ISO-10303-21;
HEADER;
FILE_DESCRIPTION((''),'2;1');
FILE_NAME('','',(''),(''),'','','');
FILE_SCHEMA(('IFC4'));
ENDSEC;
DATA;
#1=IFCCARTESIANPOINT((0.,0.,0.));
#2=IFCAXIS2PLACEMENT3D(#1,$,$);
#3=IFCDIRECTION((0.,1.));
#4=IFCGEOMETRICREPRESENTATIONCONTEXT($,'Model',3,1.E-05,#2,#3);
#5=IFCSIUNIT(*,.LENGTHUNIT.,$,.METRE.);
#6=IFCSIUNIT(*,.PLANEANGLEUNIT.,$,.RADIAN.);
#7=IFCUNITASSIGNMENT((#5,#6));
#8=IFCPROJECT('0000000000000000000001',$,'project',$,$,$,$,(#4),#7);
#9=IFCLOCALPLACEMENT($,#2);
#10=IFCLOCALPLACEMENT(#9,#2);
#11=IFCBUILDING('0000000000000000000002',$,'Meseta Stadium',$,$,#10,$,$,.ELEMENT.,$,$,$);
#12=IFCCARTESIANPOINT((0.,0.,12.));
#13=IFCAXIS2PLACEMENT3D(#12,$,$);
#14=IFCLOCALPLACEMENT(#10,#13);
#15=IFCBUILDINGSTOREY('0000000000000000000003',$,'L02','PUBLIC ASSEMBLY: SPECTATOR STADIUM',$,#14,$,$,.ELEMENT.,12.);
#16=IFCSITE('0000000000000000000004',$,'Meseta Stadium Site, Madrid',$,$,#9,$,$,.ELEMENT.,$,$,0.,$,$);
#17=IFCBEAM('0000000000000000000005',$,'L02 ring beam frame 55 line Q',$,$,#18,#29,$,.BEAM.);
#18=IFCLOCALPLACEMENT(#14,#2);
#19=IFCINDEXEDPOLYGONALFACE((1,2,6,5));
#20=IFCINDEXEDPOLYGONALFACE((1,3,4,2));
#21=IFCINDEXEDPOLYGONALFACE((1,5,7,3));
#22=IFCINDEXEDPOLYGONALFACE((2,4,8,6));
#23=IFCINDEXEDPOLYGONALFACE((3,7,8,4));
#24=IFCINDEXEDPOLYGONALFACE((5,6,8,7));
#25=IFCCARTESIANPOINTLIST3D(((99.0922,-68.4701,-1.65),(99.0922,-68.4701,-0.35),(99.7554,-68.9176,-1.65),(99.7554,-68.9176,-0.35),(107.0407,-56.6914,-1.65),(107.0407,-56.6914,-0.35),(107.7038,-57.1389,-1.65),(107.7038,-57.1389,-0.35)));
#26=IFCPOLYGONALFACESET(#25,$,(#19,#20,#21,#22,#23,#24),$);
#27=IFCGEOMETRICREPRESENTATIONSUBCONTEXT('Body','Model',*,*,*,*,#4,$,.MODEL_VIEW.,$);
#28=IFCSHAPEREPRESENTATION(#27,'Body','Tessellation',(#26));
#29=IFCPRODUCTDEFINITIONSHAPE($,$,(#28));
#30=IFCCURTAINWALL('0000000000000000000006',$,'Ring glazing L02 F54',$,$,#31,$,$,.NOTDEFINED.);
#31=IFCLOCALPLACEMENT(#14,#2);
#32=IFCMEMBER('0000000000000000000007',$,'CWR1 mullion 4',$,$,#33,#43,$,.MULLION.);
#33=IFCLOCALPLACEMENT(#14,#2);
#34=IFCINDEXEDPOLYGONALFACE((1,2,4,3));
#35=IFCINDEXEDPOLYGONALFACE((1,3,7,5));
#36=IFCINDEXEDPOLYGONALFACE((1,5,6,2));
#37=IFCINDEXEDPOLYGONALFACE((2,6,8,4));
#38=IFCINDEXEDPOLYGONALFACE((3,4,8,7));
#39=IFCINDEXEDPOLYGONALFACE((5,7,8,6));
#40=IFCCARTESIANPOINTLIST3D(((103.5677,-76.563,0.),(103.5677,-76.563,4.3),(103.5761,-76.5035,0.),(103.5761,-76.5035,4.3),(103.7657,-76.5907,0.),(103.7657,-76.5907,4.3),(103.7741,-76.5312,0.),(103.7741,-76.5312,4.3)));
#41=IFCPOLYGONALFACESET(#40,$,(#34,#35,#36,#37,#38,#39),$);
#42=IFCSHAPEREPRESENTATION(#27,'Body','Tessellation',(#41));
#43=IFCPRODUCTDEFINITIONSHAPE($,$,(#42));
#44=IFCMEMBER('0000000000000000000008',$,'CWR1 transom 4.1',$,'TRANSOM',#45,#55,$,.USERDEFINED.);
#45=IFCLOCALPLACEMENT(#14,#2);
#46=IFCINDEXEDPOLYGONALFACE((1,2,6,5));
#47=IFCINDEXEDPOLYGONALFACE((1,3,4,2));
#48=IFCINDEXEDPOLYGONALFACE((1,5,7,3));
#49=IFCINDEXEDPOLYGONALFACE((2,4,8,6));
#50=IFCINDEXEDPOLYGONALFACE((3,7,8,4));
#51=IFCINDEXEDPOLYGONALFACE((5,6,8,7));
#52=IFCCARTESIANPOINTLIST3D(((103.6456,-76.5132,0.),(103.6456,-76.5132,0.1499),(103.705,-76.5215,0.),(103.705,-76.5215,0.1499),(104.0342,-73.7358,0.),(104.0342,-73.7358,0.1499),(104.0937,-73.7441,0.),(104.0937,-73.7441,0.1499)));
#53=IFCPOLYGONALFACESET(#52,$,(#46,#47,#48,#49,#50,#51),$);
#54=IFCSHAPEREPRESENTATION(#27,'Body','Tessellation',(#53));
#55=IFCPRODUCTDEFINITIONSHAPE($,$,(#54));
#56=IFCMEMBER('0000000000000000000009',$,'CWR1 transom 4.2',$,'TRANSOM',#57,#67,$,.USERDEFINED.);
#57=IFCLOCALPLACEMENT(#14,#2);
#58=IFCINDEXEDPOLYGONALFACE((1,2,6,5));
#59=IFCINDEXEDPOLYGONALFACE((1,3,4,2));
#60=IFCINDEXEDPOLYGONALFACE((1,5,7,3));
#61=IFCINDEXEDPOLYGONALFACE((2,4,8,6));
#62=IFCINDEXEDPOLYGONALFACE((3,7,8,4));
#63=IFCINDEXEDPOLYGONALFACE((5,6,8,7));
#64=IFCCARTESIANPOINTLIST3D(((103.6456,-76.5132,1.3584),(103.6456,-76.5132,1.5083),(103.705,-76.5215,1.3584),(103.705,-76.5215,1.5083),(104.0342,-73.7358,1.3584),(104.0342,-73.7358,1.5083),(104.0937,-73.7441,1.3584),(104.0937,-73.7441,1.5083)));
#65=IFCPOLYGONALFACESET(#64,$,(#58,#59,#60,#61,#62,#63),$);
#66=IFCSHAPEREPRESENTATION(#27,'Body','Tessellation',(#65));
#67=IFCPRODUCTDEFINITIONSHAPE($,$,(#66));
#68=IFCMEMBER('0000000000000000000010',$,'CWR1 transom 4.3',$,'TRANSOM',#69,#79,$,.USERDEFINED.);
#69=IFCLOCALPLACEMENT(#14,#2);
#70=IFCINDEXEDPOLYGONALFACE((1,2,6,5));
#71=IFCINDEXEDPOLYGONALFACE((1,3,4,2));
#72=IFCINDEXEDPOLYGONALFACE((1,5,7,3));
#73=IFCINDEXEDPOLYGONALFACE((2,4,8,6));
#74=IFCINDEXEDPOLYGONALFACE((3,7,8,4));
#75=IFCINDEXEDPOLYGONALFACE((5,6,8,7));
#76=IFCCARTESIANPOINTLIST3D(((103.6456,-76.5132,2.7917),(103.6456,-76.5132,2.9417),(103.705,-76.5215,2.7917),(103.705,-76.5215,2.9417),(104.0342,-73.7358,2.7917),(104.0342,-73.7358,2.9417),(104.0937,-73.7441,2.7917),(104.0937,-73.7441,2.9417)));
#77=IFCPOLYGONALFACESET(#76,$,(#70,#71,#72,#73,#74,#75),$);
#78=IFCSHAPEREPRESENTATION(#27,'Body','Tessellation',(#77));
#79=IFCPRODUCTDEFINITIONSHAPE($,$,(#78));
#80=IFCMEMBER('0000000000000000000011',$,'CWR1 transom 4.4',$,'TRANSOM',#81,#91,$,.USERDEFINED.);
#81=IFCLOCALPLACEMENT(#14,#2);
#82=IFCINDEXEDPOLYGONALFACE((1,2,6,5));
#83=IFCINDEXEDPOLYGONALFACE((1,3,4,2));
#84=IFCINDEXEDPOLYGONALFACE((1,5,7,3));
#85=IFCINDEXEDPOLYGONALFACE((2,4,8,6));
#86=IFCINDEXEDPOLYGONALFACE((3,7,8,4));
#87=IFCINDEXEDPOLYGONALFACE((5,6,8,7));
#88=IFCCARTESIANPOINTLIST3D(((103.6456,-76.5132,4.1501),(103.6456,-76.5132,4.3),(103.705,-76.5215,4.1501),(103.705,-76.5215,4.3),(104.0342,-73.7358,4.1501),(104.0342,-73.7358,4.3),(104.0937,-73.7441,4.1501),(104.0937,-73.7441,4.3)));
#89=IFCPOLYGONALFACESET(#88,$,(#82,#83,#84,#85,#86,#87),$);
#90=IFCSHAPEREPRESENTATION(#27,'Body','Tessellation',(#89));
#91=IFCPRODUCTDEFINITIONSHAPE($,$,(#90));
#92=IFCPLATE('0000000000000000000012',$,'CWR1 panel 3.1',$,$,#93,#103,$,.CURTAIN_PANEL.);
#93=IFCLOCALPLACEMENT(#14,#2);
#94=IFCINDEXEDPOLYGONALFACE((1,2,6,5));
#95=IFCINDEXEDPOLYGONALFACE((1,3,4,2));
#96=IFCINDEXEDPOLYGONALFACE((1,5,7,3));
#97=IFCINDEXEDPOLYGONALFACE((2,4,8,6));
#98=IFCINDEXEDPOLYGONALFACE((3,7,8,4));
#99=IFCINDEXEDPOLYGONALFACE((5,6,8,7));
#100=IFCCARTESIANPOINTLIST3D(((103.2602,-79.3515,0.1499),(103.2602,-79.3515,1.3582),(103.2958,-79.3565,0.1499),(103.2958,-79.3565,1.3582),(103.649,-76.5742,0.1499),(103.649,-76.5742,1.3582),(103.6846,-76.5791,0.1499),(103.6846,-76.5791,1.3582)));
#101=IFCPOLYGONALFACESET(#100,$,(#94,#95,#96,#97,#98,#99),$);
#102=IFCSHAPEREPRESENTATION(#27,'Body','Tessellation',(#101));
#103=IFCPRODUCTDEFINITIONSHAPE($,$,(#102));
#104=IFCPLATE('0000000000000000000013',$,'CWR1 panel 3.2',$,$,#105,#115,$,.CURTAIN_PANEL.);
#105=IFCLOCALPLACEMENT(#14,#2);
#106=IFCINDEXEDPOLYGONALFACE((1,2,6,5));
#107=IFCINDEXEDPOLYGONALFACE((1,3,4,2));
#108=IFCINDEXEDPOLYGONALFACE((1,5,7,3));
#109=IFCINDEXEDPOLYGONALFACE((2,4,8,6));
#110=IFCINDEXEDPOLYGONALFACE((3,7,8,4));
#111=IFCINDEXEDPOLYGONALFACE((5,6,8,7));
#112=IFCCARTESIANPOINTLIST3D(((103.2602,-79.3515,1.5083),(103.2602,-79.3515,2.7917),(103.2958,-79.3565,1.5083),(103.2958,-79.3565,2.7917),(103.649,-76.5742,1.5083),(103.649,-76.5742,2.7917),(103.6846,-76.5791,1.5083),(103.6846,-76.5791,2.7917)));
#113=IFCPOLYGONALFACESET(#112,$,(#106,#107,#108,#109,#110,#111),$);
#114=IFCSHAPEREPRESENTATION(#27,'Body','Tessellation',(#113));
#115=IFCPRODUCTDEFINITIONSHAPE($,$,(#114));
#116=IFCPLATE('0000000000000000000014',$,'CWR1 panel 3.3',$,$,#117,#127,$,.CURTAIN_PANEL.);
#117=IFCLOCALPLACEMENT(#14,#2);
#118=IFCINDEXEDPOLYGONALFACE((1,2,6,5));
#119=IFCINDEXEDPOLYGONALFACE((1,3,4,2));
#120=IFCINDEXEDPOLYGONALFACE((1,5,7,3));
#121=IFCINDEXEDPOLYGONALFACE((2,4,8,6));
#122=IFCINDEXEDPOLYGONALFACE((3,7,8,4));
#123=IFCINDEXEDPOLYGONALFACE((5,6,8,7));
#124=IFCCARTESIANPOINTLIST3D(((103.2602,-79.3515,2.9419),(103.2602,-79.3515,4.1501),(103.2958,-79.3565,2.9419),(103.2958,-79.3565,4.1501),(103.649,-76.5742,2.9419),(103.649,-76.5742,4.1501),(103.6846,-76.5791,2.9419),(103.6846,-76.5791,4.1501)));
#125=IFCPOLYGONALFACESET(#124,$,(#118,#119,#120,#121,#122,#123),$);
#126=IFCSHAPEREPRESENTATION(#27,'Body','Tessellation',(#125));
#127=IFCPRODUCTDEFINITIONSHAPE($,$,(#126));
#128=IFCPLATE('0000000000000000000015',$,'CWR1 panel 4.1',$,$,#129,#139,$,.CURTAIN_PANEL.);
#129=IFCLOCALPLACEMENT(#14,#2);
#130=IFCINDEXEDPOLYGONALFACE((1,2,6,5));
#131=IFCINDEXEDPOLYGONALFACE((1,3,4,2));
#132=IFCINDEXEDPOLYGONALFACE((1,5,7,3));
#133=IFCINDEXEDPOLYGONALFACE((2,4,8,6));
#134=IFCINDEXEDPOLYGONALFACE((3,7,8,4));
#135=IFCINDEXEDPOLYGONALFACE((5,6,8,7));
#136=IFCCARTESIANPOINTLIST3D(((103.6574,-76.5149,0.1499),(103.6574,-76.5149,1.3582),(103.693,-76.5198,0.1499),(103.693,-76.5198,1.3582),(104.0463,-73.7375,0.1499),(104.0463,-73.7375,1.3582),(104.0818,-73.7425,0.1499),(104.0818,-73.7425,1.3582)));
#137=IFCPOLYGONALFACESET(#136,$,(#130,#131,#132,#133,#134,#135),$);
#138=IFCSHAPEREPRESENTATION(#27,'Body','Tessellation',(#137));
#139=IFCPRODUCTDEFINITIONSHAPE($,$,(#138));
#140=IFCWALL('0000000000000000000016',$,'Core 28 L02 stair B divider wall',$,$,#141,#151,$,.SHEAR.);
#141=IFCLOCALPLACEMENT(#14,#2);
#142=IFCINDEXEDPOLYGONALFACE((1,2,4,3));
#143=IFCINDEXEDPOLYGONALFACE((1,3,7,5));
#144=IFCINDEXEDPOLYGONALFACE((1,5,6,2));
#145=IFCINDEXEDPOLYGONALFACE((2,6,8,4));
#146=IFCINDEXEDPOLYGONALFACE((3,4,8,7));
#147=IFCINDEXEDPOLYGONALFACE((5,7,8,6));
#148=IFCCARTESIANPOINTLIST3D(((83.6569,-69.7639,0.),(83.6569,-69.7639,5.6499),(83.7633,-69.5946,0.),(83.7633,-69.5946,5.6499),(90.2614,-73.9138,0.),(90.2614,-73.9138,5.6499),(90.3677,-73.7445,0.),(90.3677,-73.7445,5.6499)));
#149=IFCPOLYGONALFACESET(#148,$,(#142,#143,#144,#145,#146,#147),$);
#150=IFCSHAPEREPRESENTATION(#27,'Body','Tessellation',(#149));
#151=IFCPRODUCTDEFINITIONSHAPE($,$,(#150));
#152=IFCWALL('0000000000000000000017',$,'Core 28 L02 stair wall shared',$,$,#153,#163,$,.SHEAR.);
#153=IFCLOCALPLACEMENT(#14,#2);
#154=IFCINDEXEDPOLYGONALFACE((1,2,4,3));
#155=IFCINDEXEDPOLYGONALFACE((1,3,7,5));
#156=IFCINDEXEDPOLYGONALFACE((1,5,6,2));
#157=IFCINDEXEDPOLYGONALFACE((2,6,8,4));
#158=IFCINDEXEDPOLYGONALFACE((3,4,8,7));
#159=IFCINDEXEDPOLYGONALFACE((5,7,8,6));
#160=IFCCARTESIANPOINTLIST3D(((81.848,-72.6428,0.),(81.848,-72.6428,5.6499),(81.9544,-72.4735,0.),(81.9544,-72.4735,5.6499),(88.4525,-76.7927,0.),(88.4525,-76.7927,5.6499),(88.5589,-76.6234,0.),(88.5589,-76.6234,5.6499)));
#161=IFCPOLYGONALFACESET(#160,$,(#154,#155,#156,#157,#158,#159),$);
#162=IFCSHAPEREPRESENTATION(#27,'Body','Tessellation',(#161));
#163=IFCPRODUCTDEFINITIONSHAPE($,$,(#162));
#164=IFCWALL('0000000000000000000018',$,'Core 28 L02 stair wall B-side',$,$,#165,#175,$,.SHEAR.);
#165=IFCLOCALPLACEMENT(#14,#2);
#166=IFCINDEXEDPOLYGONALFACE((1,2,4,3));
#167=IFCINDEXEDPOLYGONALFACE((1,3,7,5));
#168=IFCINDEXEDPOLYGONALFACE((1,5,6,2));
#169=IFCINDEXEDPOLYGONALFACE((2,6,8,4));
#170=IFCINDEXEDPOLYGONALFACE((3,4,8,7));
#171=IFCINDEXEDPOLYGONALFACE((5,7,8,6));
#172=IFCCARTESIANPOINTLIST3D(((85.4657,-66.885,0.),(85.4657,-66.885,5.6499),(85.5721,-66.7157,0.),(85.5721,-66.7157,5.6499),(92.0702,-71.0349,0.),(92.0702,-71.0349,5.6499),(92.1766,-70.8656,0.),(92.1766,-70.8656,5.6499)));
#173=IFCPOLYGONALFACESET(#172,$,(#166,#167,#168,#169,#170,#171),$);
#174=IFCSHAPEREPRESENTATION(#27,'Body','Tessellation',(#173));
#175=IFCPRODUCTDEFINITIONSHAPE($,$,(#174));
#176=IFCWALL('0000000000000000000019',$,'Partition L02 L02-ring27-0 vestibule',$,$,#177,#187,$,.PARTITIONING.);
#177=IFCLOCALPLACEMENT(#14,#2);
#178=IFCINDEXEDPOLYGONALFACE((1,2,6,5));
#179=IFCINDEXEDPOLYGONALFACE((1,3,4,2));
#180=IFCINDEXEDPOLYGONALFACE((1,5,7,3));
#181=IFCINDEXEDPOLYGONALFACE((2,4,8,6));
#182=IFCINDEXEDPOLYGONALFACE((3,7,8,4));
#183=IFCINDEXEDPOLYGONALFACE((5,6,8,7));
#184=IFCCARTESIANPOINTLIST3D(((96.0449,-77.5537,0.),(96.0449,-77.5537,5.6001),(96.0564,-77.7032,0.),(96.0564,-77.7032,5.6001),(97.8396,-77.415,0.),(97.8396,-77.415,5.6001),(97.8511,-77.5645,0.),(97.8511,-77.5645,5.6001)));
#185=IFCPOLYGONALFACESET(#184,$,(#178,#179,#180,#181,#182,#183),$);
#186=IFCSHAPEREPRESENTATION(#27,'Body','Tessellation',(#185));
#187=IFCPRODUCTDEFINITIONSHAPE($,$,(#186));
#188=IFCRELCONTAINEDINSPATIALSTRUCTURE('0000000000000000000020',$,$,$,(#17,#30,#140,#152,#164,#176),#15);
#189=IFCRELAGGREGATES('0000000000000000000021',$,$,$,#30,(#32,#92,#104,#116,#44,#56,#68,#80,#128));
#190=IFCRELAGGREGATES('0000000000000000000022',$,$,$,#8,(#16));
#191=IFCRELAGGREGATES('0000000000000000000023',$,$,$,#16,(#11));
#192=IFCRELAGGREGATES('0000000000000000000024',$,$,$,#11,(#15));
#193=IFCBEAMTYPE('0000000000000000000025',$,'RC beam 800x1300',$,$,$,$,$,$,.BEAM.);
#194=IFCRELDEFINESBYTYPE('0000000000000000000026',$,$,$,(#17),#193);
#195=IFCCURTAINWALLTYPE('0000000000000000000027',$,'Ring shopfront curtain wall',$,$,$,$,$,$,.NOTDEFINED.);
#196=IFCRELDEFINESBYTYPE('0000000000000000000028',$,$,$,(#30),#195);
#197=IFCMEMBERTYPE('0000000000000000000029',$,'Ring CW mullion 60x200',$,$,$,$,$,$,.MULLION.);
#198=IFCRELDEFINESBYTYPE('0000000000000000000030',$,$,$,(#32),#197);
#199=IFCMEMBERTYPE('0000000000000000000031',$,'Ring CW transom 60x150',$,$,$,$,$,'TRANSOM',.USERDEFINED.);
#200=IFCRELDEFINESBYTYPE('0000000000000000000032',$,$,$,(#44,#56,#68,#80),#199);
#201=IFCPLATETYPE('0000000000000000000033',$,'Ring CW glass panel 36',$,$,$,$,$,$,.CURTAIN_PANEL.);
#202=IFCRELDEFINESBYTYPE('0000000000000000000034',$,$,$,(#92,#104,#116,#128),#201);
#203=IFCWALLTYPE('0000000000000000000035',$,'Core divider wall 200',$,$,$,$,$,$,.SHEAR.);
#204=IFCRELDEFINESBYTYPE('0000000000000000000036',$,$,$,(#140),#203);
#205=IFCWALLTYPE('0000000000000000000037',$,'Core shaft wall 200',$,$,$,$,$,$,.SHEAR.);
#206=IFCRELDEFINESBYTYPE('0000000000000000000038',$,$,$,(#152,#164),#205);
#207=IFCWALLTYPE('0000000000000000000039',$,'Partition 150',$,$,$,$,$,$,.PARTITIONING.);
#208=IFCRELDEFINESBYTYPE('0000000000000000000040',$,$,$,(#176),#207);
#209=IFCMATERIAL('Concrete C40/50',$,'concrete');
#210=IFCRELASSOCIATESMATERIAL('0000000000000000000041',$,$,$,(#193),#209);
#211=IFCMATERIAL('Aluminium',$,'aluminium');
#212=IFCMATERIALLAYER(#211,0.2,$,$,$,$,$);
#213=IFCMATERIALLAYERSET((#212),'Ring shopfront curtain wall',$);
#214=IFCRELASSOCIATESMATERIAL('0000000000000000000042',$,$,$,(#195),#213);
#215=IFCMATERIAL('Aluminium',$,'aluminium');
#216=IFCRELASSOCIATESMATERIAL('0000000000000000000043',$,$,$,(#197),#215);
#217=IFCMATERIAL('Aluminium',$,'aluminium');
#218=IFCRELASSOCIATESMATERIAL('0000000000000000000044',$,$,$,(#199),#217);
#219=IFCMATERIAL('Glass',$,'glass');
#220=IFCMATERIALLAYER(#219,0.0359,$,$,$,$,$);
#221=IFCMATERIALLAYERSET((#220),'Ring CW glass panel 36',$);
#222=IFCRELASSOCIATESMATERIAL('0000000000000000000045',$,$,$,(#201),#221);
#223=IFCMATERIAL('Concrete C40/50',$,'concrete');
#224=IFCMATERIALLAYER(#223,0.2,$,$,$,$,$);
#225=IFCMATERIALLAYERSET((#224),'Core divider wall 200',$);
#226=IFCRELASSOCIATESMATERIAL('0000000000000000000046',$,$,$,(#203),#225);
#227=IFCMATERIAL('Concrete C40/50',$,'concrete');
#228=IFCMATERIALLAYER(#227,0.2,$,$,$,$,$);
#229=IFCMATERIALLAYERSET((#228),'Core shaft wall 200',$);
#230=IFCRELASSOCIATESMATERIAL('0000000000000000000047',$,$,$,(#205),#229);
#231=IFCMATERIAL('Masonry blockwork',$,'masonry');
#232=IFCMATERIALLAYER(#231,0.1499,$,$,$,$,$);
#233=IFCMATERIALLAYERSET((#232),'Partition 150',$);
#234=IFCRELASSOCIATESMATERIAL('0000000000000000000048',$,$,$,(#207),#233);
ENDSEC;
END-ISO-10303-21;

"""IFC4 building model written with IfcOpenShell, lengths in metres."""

from ifc_helpers import new_model, si_unit, direction, frame, frame_2d, origin, origin_2d, place, context, subcontext, project, spatial, rectangle, extrude, material, layer, layer_set, material_profile, profile_set, type_object, element, aggregate, save


model = new_model("IFC4")

# Units and contexts
model_context = context("Model", 3, precision=1e-05, world=origin(), true_north=direction((0.0, 1.0)))
body_context = subcontext(model_context, "Body", "Model", "MODEL_VIEW")
ifc_project = project(units=[si_unit("LENGTHUNIT", "METRE"), si_unit("PLANEANGLEUNIT", "RADIAN")], contexts=[model_context])

# Site, building, storey
site_placement = place(None, origin())
site = spatial("IfcSite", under=ifc_project, at=site_placement, Name="Meseta Stadium Site, Madrid", CompositionType="ELEMENT", RefElevation=0.0)
building_placement = place(site_placement, origin())
building = spatial("IfcBuilding", under=site, at=building_placement, Name="Meseta Stadium", CompositionType="ELEMENT")
storey_placement = place(building_placement, frame((0.0, 0.0, 12.0)))
storey = spatial("IfcBuildingStorey", under=building, at=storey_placement, Name="L02", Description="PUBLIC ASSEMBLY: SPECTATOR STADIUM", CompositionType="ELEMENT", Elevation=12.0)

# Beam
ifc_material_1 = material(Name="Concrete C40/50", Category="concrete")
ifc_material_profile_1 = material_profile(ifc_material_1, rectangle(XDim=0.8, YDim=1.3, at=origin_2d()), Name="RC 800x1300")
ifc_profile_set_1 = profile_set([ifc_material_profile_1], Name="Concrete C40/50")
beam_type_1 = type_object("IfcBeamType", Name="RC beam 800x1300", PredefinedType="BEAM", material=ifc_profile_set_1)
beam_1_placement = place(storey_placement, frame((99.4238, -68.6938, -1.0), z_axis=(0.559366, 0.828921, 0.0), x_axis=(-0.828921, 0.559366, 0.0)))
element("IfcBeam", 1, at=beam_1_placement, inside=storey, type_object=beam_type_1, Name="L02 ring beam frame 55 line Q", PredefinedType="BEAM", context=body_context, shape_type="SweptSolid", body=[
    extrude(rectangle(XDim=0.8, YDim=1.3, at=origin_2d()), origin(), (0.0, 0.0, 1.0), 14.2097),
])

# Curtain wall, members, plates
ifc_material_2 = material(Name="Aluminium", Category="aluminium")
ifc_layer_1 = layer(ifc_material_2, 0.2)
ifc_layer_set_1 = layer_set([ifc_layer_1], Name="Ring shopfront curtain wall")
curtain_wall_type = type_object("IfcCurtainWallType", Name="Ring shopfront curtain wall", PredefinedType="NOTDEFINED", material=ifc_layer_set_1)
curtain_wall_placement = place(storey_placement, origin())
curtain_wall = element("IfcCurtainWall", 2, at=curtain_wall_placement, inside=storey, type_object=curtain_wall_type, Name="Ring glazing L02 F54", PredefinedType="NOTDEFINED")
ifc_material_3 = material(Name="Aluminium", Category="aluminium")
ifc_material_profile_2 = material_profile(ifc_material_3, rectangle(XDim=0.2, YDim=0.0601, at=origin_2d()), Name="CW 200x60")
ifc_profile_set_2 = profile_set([ifc_material_profile_2], Name="Aluminium")
member_type_1 = type_object("IfcMemberType", Name="Ring CW mullion 60x200", PredefinedType="MULLION", material=ifc_profile_set_2)
member_1_placement = place(storey_placement, frame((103.6709, -76.5471, 0.0), z_axis=(0.0, 0.0, 1.0), x_axis=(-0.990342, 0.138643, 0.0)))
member_1 = element("IfcMember", 3, at=member_1_placement, type_object=member_type_1, Name="CWR1 mullion 4", PredefinedType="MULLION", context=body_context, shape_type="SweptSolid", body=[
    extrude(rectangle(XDim=0.2, YDim=0.0601, at=origin_2d()), origin(), (0.0, 0.0, 1.0), 4.3),
])
ifc_material_4 = material(Name="Aluminium", Category="aluminium")
ifc_material_profile_3 = material_profile(ifc_material_4, rectangle(XDim=0.0601, YDim=0.1499, at=origin_2d()), Name="CW 60x150")
ifc_profile_set_3 = profile_set([ifc_material_profile_3], Name="Aluminium")
member_type_2 = type_object("IfcMemberType", Name="Ring CW transom 60x150", ElementType="TRANSOM", PredefinedType="USERDEFINED", material=ifc_profile_set_3)
member_2_placement = place(storey_placement, frame((103.6753, -76.5173, 0.075), z_axis=(0.138593, 0.990349, 0.0), x_axis=(-0.990349, 0.138593, 0.0)))
member_2 = element("IfcMember", 4, at=member_2_placement, type_object=member_type_2, Name="CWR1 transom 4.1", ObjectType="TRANSOM", PredefinedType="USERDEFINED", context=body_context, shape_type="SweptSolid", body=[
    extrude(rectangle(XDim=0.0601, YDim=0.1499, at=origin_2d()), origin(), (0.0, 0.0, 1.0), 2.8044),
])
member_3_placement = place(storey_placement, frame((103.6753, -76.5173, 1.4333), z_axis=(0.138593, 0.990349, 0.0), x_axis=(-0.990349, 0.138593, 0.0)))
member_3 = element("IfcMember", 5, at=member_3_placement, type_object=member_type_2, Name="CWR1 transom 4.2", ObjectType="TRANSOM", PredefinedType="USERDEFINED", context=body_context, shape_type="SweptSolid", body=[
    extrude(rectangle(XDim=0.0601, YDim=0.1499, at=origin_2d()), origin(), (0.0, 0.0, 1.0), 2.8044),
])
member_4_placement = place(storey_placement, frame((103.6753, -76.5173, 2.8667), z_axis=(0.138593, 0.990349, 0.0), x_axis=(-0.990349, 0.138593, 0.0)))
member_4 = element("IfcMember", 6, at=member_4_placement, type_object=member_type_2, Name="CWR1 transom 4.3", ObjectType="TRANSOM", PredefinedType="USERDEFINED", context=body_context, shape_type="SweptSolid", body=[
    extrude(rectangle(XDim=0.0601, YDim=0.1499, at=origin_2d()), origin(), (0.0, 0.0, 1.0), 2.8044),
])
member_5_placement = place(storey_placement, frame((103.6753, -76.5173, 4.2251), z_axis=(0.138593, 0.990349, 0.0), x_axis=(-0.990349, 0.138593, 0.0)))
member_5 = element("IfcMember", 7, at=member_5_placement, type_object=member_type_2, Name="CWR1 transom 4.4", ObjectType="TRANSOM", PredefinedType="USERDEFINED", context=body_context, shape_type="SweptSolid", body=[
    extrude(rectangle(XDim=0.0601, YDim=0.1499, at=origin_2d()), origin(), (0.0, 0.0, 1.0), 2.8044),
])
ifc_material_5 = material(Name="Glass", Category="glass")
ifc_layer_2 = layer(ifc_material_5, 0.0359)
ifc_layer_set_2 = layer_set([ifc_layer_2], Name="Ring CW glass panel 36")
plate_type = type_object("IfcPlateType", Name="Ring CW glass panel 36", PredefinedType="CURTAIN_PANEL", material=ifc_layer_set_2)
plate_1_placement = place(storey_placement, frame((103.4724, -77.9653, 0.1499), z_axis=(0.0, 0.0, 1.0), x_axis=(0.138643, 0.990342, 0.0)))
plate_1 = element("IfcPlate", 8, at=plate_1_placement, type_object=plate_type, Name="CWR1 panel 3.1", PredefinedType="CURTAIN_PANEL", context=body_context, shape_type="SweptSolid", body=[
    extrude(rectangle(XDim=2.8044, YDim=0.0359, at=origin_2d()), origin(), (0.0, 0.0, 1.0), 1.2083),
])
plate_2_placement = place(storey_placement, frame((103.4724, -77.9653, 1.5083), z_axis=(0.0, 0.0, 1.0), x_axis=(0.138643, 0.990342, 0.0)))
plate_2 = element("IfcPlate", 9, at=plate_2_placement, type_object=plate_type, Name="CWR1 panel 3.2", PredefinedType="CURTAIN_PANEL", context=body_context, shape_type="SweptSolid", body=[
    extrude(rectangle(XDim=2.8044, YDim=0.0359, at=origin_2d()), origin(), (0.0, 0.0, 1.0), 1.2834),
])
plate_3_placement = place(storey_placement, frame((103.4724, -77.9653, 2.9419), z_axis=(0.0, 0.0, 1.0), x_axis=(0.138643, 0.990342, 0.0)))
plate_3 = element("IfcPlate", 10, at=plate_3_placement, type_object=plate_type, Name="CWR1 panel 3.3", PredefinedType="CURTAIN_PANEL", context=body_context, shape_type="SweptSolid", body=[
    extrude(rectangle(XDim=2.8044, YDim=0.0359, at=origin_2d()), origin(), (0.0, 0.0, 1.0), 1.2083),
])
plate_4_placement = place(storey_placement, frame((103.8696, -75.1287, 0.1499), z_axis=(0.0, 0.0, 1.0), x_axis=(0.138643, 0.990342, 0.0)))
plate_4 = element("IfcPlate", 11, at=plate_4_placement, type_object=plate_type, Name="CWR1 panel 4.1", PredefinedType="CURTAIN_PANEL", context=body_context, shape_type="SweptSolid", body=[
    extrude(rectangle(XDim=2.8044, YDim=0.0359, at=origin_2d()), origin(), (0.0, 0.0, 1.0), 1.2083),
])
aggregate(curtain_wall, [member_1, plate_1, plate_2, plate_3, member_2, member_3, member_4, member_5, plate_4])

# Walls
ifc_material_6 = material(Name="Concrete C40/50", Category="concrete")
ifc_layer_3 = layer(ifc_material_6, 0.2)
ifc_layer_set_3 = layer_set([ifc_layer_3], Name="Core divider wall 200")
wall_type_1 = type_object("IfcWallType", Name="Core divider wall 200", PredefinedType="SHEAR", material=ifc_layer_set_3)
wall_1_placement = place(storey_placement, frame((90.3145, -73.8291, 0.0), z_axis=(0.0, 0.0, 1.0), x_axis=(-0.846723, 0.532034, 0.0)))
element("IfcWall", 12, at=wall_1_placement, inside=storey, type_object=wall_type_1, Name="Core 28 L02 stair B divider wall", PredefinedType="SHEAR", context=body_context, shape_type="SweptSolid", body=[
    extrude(rectangle(XDim=7.8, YDim=0.2, at=frame_2d((3.8999, 0.0))), origin(), (0.0, 0.0, 1.0), 5.6499),
])
ifc_material_7 = material(Name="Concrete C40/50", Category="concrete")
ifc_layer_4 = layer(ifc_material_7, 0.2)
ifc_layer_set_4 = layer_set([ifc_layer_4], Name="Core shaft wall 200")
wall_type_2 = type_object("IfcWallType", Name="Core shaft wall 200", PredefinedType="SHEAR", material=ifc_layer_set_4)
for number, where, z_axis, x_axis, name in (
    (13, (88.5056, -76.708, 0.0), (0.0, 0.0, 1.0), (-0.846723, 0.532034, 0.0), "Core 28 L02 stair wall shared"),
    (14, (92.1233, -70.9502, 0.0), (0.0, 0.0, 1.0), (-0.846723, 0.532034, 0.0), "Core 28 L02 stair wall B-side"),
):
    element("IfcWall", number, at=place(storey_placement, frame(where, z_axis=z_axis, x_axis=x_axis)), inside=storey, type_object=wall_type_2, Name=name, PredefinedType="SHEAR", context=body_context, shape_type="SweptSolid", body=[
        extrude(rectangle(XDim=7.8, YDim=0.2, at=frame_2d((3.8999, 0.0))), origin(), (0.0, 0.0, 1.0), 5.6499),
    ])
ifc_material_8 = material(Name="Masonry blockwork", Category="masonry")
ifc_layer_5 = layer(ifc_material_8, 0.1499)
ifc_layer_set_5 = layer_set([ifc_layer_5], Name="Partition 150")
wall_type_3 = type_object("IfcWallType", Name="Partition 150", PredefinedType="PARTITIONING", material=ifc_layer_set_5)
wall_2_placement = place(storey_placement, frame((96.0508, -77.6284, 0.0), z_axis=(0.0, 0.0, 1.0), x_axis=(0.997028, 0.077039, 0.0)))
element("IfcWall", 15, at=wall_2_placement, inside=storey, type_object=wall_type_3, Name="Partition L02 L02-ring27-0 vestibule", PredefinedType="PARTITIONING", context=body_context, shape_type="SweptSolid", body=[
    extrude(rectangle(XDim=1.8, YDim=0.1499, at=frame_2d((0.8999, 0.0))), origin(), (0.0, 0.0, 1.0), 5.6001),
])

save(model, "model.ifc")
